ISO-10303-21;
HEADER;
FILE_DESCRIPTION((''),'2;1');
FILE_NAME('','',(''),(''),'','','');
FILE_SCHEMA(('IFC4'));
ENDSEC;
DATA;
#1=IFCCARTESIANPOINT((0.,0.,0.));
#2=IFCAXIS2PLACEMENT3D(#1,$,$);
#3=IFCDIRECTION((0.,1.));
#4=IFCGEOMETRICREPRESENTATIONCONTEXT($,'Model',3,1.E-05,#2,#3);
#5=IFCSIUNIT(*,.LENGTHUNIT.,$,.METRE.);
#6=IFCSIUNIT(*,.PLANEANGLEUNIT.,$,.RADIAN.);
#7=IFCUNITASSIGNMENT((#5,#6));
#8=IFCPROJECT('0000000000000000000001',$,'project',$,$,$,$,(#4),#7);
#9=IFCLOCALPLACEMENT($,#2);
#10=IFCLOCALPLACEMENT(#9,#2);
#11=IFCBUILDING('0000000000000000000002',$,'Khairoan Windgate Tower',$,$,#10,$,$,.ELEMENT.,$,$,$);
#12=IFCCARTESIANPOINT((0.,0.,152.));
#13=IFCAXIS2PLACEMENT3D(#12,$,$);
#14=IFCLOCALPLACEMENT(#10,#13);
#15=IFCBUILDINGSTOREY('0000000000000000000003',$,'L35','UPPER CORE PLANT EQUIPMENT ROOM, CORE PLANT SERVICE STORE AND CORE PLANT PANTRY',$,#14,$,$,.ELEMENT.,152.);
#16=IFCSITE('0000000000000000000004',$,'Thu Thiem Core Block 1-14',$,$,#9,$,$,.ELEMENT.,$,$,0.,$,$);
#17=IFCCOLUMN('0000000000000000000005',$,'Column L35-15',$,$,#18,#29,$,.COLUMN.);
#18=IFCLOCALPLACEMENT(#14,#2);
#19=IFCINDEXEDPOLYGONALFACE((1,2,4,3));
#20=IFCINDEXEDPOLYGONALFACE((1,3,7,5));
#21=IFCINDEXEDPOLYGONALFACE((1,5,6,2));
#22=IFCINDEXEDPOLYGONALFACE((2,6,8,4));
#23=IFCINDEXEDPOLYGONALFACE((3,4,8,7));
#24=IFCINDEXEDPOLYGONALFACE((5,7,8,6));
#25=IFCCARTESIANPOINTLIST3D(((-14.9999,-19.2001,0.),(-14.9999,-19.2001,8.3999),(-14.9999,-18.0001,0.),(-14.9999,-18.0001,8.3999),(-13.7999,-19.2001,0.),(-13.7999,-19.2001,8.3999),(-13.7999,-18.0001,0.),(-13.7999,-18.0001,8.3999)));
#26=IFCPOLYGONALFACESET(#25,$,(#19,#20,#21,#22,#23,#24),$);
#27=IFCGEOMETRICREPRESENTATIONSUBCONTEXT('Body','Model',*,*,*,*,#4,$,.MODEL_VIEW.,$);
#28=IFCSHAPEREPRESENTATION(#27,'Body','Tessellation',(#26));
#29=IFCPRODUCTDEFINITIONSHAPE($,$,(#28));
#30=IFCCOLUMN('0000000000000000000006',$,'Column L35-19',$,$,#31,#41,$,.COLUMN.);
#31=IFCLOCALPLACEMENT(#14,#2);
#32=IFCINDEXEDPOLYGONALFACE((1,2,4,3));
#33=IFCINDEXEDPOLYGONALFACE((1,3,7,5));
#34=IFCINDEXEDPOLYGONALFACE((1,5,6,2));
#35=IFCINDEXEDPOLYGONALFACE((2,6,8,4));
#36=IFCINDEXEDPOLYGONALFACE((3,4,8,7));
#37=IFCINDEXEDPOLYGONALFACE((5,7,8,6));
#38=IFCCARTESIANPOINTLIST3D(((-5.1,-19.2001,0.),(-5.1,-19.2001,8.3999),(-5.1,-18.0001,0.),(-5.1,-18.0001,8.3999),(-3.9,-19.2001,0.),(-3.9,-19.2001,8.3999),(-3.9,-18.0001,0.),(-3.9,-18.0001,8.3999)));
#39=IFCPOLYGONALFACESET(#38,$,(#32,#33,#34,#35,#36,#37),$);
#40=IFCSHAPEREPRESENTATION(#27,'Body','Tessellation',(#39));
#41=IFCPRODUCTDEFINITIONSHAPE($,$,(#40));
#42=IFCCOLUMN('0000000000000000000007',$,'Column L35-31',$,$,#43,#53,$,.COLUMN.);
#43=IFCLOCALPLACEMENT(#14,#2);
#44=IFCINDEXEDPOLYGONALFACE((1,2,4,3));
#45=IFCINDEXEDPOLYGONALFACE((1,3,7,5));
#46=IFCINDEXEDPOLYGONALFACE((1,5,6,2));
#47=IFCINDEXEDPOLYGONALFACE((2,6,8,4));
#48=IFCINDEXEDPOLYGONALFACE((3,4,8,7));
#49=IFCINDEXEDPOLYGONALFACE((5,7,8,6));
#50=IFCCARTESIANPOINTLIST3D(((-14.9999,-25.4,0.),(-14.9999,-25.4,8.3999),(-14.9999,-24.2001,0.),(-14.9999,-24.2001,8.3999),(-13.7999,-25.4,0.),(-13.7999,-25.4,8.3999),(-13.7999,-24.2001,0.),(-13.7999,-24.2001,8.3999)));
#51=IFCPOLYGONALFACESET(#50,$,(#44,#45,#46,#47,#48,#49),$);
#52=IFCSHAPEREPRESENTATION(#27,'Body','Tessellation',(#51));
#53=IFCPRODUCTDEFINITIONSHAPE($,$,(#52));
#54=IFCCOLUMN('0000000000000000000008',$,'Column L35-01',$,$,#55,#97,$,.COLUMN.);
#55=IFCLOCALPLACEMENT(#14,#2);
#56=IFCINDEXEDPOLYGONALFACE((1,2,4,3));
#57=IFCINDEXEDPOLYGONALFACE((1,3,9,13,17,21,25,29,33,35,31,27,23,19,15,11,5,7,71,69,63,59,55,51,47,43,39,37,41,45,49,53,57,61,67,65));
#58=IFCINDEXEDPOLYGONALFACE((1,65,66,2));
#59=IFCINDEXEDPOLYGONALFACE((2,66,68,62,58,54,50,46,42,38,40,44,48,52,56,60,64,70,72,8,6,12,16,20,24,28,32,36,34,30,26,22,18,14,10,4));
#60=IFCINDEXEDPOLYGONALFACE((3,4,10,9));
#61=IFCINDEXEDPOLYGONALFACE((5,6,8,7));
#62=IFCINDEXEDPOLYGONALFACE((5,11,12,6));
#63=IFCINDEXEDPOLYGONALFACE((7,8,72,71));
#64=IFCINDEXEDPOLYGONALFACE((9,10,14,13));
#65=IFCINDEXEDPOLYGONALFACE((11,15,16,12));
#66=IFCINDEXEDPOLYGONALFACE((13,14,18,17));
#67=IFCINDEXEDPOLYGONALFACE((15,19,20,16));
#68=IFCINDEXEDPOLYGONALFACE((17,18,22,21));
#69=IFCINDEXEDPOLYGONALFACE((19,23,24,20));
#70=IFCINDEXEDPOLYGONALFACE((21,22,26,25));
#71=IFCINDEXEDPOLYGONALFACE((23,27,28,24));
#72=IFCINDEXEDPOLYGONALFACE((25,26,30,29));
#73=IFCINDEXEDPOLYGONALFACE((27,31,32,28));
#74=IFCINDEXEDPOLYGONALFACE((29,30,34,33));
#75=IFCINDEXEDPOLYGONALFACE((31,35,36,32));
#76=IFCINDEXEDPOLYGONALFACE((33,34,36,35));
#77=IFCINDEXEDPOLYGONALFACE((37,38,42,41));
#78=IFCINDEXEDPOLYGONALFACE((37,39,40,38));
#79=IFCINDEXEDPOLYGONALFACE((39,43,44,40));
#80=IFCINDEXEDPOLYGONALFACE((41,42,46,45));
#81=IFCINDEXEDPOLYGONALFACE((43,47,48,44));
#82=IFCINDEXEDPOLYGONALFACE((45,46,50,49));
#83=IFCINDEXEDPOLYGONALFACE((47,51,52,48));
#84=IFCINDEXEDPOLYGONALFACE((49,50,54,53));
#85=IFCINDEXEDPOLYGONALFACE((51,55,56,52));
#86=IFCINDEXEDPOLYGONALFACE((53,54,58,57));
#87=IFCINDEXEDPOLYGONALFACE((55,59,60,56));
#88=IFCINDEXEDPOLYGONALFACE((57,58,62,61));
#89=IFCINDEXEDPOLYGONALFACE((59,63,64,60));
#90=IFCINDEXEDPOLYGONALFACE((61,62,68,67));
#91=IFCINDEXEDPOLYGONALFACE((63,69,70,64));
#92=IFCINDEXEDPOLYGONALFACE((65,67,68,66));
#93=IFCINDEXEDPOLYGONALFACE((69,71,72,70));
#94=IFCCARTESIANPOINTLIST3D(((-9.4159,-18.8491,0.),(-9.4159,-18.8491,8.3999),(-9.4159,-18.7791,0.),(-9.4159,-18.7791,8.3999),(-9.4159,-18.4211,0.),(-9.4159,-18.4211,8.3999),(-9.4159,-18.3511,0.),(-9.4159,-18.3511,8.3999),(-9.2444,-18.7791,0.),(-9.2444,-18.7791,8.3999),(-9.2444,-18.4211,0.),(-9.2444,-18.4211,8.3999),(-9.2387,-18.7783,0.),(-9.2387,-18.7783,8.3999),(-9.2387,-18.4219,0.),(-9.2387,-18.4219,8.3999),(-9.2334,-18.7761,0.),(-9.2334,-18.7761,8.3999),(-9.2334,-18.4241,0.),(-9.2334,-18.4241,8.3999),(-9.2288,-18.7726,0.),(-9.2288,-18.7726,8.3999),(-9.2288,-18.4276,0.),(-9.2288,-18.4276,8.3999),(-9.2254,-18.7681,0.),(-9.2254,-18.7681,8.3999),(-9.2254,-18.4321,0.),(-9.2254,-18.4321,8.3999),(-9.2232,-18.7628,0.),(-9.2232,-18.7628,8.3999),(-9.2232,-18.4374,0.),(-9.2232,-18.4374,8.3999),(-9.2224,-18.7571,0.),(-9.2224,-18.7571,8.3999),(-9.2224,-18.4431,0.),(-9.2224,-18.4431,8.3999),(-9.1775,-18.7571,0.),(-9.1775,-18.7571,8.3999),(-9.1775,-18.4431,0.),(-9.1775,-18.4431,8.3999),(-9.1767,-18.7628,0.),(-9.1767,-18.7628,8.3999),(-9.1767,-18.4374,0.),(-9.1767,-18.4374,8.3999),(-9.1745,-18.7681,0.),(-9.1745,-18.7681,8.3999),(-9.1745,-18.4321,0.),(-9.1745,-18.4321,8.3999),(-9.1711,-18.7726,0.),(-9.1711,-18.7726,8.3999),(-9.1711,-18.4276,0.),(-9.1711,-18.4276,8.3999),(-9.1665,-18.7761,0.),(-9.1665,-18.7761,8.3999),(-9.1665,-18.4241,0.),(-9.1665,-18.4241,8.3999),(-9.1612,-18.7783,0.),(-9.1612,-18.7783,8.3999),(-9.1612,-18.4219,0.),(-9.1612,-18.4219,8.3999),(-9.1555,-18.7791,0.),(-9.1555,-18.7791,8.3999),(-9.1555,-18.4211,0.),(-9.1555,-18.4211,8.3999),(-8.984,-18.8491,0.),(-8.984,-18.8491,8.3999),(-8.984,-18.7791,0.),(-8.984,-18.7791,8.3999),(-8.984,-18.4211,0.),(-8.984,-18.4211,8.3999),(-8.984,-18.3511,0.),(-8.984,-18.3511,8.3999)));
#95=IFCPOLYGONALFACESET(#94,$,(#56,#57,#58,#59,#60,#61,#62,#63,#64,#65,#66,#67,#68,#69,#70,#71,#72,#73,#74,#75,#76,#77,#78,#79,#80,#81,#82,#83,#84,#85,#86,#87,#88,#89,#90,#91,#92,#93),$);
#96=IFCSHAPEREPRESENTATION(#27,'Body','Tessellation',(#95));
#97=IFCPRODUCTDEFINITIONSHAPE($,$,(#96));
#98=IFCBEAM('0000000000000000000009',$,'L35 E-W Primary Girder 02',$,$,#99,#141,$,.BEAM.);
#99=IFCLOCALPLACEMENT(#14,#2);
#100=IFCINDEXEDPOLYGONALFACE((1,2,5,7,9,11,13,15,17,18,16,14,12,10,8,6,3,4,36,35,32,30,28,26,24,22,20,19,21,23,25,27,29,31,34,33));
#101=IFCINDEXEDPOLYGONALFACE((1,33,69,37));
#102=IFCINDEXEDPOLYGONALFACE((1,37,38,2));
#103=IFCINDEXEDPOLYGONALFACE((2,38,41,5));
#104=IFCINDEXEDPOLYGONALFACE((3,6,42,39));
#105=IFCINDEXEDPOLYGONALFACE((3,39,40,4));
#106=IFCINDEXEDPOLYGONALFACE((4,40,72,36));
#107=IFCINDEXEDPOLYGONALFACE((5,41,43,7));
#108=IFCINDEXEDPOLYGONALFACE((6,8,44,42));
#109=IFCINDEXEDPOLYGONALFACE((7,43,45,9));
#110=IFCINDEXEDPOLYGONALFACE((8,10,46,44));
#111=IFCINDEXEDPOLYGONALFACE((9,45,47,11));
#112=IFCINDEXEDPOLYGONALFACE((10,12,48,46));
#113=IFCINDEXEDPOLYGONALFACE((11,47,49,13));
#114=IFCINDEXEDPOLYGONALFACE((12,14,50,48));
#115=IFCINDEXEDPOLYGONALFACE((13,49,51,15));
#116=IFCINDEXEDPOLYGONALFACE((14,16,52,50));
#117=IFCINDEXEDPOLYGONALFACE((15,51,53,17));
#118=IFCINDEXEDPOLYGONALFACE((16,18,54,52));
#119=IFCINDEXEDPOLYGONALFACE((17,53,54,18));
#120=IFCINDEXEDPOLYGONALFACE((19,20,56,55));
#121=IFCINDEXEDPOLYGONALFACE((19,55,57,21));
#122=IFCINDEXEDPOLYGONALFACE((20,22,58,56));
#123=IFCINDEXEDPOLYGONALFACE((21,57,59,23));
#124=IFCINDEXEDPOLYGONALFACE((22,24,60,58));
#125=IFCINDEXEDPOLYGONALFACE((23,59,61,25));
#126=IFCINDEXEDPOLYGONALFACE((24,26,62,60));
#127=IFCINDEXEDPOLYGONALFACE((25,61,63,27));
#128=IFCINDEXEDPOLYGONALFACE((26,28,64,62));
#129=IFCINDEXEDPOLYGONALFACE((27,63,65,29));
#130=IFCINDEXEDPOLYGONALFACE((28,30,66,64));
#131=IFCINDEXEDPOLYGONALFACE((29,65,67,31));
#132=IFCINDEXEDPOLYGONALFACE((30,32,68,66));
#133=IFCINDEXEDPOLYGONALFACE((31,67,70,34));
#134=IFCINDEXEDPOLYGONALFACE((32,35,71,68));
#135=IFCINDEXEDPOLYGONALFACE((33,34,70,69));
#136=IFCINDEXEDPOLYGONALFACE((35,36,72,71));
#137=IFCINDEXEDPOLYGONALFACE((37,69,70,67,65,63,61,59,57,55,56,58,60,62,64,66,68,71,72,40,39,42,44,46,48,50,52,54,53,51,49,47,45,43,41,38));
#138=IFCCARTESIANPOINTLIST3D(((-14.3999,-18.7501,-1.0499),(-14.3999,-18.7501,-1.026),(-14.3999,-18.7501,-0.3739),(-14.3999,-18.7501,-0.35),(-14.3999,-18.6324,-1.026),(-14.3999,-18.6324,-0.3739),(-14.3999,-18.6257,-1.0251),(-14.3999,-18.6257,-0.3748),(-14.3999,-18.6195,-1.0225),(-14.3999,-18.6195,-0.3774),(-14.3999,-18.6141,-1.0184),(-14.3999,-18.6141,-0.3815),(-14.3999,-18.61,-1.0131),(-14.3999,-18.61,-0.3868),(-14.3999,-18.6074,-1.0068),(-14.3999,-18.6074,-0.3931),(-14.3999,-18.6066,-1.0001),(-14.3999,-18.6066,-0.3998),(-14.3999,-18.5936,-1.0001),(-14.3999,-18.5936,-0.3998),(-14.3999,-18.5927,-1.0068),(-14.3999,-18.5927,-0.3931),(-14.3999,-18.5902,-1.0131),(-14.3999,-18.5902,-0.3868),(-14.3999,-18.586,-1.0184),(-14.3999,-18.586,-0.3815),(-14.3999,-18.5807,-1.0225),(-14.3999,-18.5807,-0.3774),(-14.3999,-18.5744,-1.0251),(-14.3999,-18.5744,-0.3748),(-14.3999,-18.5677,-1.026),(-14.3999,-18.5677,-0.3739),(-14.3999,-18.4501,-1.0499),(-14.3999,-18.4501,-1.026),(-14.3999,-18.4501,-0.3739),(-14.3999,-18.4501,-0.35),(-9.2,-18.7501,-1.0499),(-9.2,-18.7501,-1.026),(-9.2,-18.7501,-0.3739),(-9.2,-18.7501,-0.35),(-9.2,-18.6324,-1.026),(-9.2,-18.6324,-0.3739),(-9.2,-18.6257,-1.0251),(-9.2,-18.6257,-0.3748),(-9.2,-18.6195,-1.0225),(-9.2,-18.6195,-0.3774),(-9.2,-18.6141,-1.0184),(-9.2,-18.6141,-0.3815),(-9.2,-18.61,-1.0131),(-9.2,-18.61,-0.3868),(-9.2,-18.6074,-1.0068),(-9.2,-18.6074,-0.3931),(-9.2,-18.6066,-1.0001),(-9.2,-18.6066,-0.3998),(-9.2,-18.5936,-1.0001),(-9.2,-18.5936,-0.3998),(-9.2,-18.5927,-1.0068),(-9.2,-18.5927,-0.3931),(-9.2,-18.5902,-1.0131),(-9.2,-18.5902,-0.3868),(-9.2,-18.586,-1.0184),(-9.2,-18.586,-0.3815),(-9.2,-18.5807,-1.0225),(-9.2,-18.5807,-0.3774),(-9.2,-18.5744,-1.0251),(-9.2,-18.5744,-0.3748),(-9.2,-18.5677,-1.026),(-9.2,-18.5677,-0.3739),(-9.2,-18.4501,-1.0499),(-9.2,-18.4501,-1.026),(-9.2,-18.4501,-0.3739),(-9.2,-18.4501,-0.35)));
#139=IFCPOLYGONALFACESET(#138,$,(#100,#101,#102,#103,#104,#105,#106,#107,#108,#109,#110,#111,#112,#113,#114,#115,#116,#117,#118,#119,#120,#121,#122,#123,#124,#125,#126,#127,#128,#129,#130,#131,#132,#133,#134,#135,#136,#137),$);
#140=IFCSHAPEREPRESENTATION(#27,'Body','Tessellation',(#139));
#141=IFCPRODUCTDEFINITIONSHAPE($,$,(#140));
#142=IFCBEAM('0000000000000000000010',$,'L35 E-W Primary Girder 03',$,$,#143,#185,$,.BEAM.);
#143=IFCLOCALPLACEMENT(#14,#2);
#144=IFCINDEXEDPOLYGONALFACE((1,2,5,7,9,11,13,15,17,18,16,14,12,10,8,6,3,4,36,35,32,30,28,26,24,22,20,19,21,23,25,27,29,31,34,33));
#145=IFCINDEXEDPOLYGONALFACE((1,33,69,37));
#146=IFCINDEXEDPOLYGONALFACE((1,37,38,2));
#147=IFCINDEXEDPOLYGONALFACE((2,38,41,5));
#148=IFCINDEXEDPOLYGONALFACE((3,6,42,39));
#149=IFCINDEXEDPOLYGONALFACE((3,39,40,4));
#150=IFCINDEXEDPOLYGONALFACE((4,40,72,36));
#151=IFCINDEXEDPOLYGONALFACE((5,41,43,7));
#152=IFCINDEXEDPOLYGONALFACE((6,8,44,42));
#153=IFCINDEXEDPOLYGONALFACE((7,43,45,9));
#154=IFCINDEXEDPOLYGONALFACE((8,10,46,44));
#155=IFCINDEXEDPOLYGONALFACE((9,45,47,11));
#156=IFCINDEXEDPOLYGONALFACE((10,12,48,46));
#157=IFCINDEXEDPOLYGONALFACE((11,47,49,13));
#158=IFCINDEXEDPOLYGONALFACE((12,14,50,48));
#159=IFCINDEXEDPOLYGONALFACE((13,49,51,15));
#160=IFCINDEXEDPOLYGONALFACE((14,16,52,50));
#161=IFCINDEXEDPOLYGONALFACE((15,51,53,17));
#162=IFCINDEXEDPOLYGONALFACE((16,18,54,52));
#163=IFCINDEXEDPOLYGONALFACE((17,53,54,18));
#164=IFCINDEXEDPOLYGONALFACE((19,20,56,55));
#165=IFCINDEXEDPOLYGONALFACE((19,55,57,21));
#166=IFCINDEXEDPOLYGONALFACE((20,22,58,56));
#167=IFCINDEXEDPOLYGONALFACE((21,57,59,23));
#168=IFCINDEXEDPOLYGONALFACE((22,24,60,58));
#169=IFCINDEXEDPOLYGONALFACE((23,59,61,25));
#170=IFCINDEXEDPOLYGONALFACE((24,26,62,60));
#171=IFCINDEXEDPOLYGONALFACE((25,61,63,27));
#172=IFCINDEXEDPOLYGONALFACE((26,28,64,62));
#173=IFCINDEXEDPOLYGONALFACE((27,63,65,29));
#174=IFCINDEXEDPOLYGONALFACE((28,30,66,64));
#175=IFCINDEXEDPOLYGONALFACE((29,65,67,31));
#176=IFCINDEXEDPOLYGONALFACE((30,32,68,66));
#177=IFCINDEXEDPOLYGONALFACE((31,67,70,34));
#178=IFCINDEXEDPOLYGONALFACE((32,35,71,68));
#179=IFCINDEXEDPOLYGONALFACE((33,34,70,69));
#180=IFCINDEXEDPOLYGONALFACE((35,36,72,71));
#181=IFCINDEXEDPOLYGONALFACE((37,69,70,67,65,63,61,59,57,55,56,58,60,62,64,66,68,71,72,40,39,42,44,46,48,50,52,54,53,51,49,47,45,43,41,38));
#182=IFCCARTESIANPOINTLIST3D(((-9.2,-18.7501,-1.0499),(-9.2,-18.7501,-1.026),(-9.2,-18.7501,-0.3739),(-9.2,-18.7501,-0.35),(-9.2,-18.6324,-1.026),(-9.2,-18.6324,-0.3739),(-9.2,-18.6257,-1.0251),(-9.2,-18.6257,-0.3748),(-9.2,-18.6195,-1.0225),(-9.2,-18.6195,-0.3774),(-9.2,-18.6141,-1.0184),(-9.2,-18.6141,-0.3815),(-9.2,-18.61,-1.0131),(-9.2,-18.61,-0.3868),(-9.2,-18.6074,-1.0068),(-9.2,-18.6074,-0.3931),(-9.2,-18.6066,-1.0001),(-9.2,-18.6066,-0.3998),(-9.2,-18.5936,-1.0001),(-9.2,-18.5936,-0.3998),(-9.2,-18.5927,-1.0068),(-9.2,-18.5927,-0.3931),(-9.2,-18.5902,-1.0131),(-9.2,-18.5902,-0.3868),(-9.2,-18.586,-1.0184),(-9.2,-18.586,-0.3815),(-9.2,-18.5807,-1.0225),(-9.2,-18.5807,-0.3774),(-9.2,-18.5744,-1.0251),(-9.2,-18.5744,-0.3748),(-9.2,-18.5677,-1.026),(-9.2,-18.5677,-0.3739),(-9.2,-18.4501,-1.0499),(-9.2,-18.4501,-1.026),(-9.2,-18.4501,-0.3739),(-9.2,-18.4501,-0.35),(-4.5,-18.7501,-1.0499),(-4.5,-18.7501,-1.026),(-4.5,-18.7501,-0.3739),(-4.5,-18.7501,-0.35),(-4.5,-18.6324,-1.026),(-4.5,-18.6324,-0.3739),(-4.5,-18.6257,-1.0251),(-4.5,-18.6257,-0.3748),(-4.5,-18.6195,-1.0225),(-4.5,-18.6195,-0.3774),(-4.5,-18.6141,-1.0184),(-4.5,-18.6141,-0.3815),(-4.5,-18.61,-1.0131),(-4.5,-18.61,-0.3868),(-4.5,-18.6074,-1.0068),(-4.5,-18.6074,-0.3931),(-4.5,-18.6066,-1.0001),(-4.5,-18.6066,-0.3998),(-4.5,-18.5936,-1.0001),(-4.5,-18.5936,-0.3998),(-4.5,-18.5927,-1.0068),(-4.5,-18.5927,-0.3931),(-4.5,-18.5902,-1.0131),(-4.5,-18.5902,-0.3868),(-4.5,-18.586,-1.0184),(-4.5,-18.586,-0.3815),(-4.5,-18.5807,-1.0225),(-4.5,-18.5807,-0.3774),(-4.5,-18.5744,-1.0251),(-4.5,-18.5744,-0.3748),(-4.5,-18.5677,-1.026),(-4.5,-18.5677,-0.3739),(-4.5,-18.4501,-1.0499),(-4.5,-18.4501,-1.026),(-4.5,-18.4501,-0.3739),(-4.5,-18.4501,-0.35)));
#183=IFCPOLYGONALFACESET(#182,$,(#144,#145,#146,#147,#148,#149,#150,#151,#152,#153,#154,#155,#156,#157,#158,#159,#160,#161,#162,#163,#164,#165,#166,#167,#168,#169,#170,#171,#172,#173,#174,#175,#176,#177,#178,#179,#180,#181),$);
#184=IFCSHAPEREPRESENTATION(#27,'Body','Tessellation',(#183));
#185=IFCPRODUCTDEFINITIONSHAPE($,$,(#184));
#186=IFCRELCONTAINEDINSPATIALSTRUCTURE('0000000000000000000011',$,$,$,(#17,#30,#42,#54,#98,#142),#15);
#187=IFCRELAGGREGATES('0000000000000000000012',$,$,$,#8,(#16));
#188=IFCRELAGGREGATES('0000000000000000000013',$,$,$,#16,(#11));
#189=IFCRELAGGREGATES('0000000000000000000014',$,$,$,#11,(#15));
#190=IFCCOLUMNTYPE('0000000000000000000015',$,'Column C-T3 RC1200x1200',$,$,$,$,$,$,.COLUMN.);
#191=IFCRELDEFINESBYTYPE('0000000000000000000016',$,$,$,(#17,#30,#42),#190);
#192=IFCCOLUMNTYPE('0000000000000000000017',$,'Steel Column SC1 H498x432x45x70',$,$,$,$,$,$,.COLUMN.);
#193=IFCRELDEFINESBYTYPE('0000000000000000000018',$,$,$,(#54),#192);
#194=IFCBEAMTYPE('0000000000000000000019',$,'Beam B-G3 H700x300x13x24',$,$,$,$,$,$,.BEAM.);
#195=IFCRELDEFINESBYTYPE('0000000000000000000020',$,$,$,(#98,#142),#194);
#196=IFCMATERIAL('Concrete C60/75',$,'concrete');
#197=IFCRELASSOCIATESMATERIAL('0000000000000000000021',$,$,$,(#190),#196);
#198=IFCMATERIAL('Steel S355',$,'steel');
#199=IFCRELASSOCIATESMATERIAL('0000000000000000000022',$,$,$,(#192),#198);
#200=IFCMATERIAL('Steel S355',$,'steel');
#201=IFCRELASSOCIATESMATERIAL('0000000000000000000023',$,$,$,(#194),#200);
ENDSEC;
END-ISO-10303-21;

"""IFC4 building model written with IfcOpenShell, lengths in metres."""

from ifc_helpers import new_model, si_unit, direction, frame, origin, origin_2d, place, context, subcontext, project, spatial, rectangle, i_section, extrude, material, material_profile, profile_set, type_object, element, save


model = new_model("IFC4")

# Units and contexts
model_context = context("Model", 3, precision=1e-05, world=origin(), true_north=direction((0.0, 1.0)))
body_context = subcontext(model_context, "Body", "Model", "MODEL_VIEW")
ifc_project = project(units=[si_unit("LENGTHUNIT", "METRE"), si_unit("PLANEANGLEUNIT", "RADIAN")], contexts=[model_context])

# Site, building, storey
site_placement = place(None, origin())
site = spatial("IfcSite", under=ifc_project, at=site_placement, Name="Thu Thiem Core Block 1-14", CompositionType="ELEMENT", RefElevation=0.0)
building_placement = place(site_placement, origin())
building = spatial("IfcBuilding", under=site, at=building_placement, Name="Khairoan Windgate Tower", CompositionType="ELEMENT")
storey_placement = place(building_placement, frame((0.0, 0.0, 152.0)))
storey = spatial("IfcBuildingStorey", under=building, at=storey_placement, Name="L35", Description="UPPER CORE PLANT EQUIPMENT ROOM, CORE PLANT SERVICE STORE AND CORE PLANT PANTRY", CompositionType="ELEMENT", Elevation=152.0)

# Columns
ifc_material_1 = material(Name="Concrete C60/75", Category="concrete")
ifc_material_profile_1 = material_profile(ifc_material_1, rectangle(XDim=1.2, YDim=1.2, at=origin_2d()))
ifc_profile_set_1 = profile_set([ifc_material_profile_1], Name="Concrete C60/75")
column_type_1 = type_object("IfcColumnType", Name="Column C-T3 RC1200x1200", PredefinedType="COLUMN", material=ifc_profile_set_1)
for number, where, z_axis, x_axis, name in (
    (1, (-14.3999, -18.6001, 0.0), (0.0, 0.0, 1.0), (1.0, 0.0, 0.0), "Column L35-15"),
    (2, (-4.5, -18.6001, 0.0), (0.0, 0.0, 1.0), (1.0, 0.0, 0.0), "Column L35-19"),
    (3, (-14.3999, -24.8, 0.0), (0.0, 0.0, 1.0), (1.0, 0.0, 0.0), "Column L35-31"),
):
    element("IfcColumn", number, at=place(storey_placement, frame(where, z_axis=z_axis, x_axis=x_axis)), inside=storey, type_object=column_type_1, Name=name, PredefinedType="COLUMN", context=body_context, shape_type="SweptSolid", body=[
        extrude(rectangle(XDim=1.2, YDim=1.2, at=origin_2d()), origin(), (0.0, 0.0, 1.0), 8.3999),
    ])
ifc_material_2 = material(Name="Steel S355", Category="steel")
ifc_material_profile_2 = material_profile(ifc_material_2, i_section(OverallWidth=0.4319, OverallDepth=0.498, WebThickness=0.0449, FlangeThickness=0.0701, FilletRadius=0.022, at=origin_2d()))
ifc_profile_set_2 = profile_set([ifc_material_profile_2], Name="Steel S355")
column_type_2 = type_object("IfcColumnType", Name="Steel Column SC1 H498x432x45x70", PredefinedType="COLUMN", material=ifc_profile_set_2)
column_placement = place(storey_placement, frame((-9.2, -18.6001, 0.0), z_axis=(0.0, 0.0, 1.0), x_axis=(1.0, 0.0, 0.0)))
element("IfcColumn", 4, at=column_placement, inside=storey, type_object=column_type_2, Name="Column L35-01", PredefinedType="COLUMN", context=body_context, shape_type="SweptSolid", body=[
    extrude(i_section(OverallWidth=0.4319, OverallDepth=0.498, WebThickness=0.0449, FlangeThickness=0.0701, FilletRadius=0.022, at=origin_2d()), origin(), (0.0, 0.0, 1.0), 8.3999),
])

# Beams
ifc_material_3 = material(Name="Steel S355", Category="steel")
ifc_material_profile_3 = material_profile(ifc_material_3, i_section(OverallWidth=0.3, OverallDepth=0.7, WebThickness=0.0129, FlangeThickness=0.0239, FilletRadius=0.0259, at=origin_2d()))
ifc_profile_set_3 = profile_set([ifc_material_profile_3], Name="Steel S355")
beam_type_1 = type_object("IfcBeamType", Name="Beam B-G3 H700x300x13x24", PredefinedType="BEAM", material=ifc_profile_set_3)
beam_1_placement = place(storey_placement, frame((-14.3999, -18.6001, -0.7), z_axis=(1.0, 0.0, 0.0), x_axis=(0.0, 1.0, 0.0)))
element("IfcBeam", 5, at=beam_1_placement, inside=storey, type_object=beam_type_1, Name="L35 E-W Primary Girder 02", PredefinedType="BEAM", context=body_context, shape_type="SweptSolid", body=[
    extrude(i_section(OverallWidth=0.3, OverallDepth=0.7, WebThickness=0.0129, FlangeThickness=0.0239, FilletRadius=0.0259, at=origin_2d()), origin(), (0.0, 0.0, 1.0), 5.2),
])
beam_2_placement = place(storey_placement, frame((-9.2, -18.6001, -0.7), z_axis=(1.0, 0.0, 0.0), x_axis=(0.0, 1.0, 0.0)))
element("IfcBeam", 6, at=beam_2_placement, inside=storey, type_object=beam_type_1, Name="L35 E-W Primary Girder 03", PredefinedType="BEAM", context=body_context, shape_type="SweptSolid", body=[
    extrude(i_section(OverallWidth=0.3, OverallDepth=0.7, WebThickness=0.0129, FlangeThickness=0.0239, FilletRadius=0.0259, at=origin_2d()), origin(), (0.0, 0.0, 1.0), 4.7),
])

save(model, "model.ifc")
